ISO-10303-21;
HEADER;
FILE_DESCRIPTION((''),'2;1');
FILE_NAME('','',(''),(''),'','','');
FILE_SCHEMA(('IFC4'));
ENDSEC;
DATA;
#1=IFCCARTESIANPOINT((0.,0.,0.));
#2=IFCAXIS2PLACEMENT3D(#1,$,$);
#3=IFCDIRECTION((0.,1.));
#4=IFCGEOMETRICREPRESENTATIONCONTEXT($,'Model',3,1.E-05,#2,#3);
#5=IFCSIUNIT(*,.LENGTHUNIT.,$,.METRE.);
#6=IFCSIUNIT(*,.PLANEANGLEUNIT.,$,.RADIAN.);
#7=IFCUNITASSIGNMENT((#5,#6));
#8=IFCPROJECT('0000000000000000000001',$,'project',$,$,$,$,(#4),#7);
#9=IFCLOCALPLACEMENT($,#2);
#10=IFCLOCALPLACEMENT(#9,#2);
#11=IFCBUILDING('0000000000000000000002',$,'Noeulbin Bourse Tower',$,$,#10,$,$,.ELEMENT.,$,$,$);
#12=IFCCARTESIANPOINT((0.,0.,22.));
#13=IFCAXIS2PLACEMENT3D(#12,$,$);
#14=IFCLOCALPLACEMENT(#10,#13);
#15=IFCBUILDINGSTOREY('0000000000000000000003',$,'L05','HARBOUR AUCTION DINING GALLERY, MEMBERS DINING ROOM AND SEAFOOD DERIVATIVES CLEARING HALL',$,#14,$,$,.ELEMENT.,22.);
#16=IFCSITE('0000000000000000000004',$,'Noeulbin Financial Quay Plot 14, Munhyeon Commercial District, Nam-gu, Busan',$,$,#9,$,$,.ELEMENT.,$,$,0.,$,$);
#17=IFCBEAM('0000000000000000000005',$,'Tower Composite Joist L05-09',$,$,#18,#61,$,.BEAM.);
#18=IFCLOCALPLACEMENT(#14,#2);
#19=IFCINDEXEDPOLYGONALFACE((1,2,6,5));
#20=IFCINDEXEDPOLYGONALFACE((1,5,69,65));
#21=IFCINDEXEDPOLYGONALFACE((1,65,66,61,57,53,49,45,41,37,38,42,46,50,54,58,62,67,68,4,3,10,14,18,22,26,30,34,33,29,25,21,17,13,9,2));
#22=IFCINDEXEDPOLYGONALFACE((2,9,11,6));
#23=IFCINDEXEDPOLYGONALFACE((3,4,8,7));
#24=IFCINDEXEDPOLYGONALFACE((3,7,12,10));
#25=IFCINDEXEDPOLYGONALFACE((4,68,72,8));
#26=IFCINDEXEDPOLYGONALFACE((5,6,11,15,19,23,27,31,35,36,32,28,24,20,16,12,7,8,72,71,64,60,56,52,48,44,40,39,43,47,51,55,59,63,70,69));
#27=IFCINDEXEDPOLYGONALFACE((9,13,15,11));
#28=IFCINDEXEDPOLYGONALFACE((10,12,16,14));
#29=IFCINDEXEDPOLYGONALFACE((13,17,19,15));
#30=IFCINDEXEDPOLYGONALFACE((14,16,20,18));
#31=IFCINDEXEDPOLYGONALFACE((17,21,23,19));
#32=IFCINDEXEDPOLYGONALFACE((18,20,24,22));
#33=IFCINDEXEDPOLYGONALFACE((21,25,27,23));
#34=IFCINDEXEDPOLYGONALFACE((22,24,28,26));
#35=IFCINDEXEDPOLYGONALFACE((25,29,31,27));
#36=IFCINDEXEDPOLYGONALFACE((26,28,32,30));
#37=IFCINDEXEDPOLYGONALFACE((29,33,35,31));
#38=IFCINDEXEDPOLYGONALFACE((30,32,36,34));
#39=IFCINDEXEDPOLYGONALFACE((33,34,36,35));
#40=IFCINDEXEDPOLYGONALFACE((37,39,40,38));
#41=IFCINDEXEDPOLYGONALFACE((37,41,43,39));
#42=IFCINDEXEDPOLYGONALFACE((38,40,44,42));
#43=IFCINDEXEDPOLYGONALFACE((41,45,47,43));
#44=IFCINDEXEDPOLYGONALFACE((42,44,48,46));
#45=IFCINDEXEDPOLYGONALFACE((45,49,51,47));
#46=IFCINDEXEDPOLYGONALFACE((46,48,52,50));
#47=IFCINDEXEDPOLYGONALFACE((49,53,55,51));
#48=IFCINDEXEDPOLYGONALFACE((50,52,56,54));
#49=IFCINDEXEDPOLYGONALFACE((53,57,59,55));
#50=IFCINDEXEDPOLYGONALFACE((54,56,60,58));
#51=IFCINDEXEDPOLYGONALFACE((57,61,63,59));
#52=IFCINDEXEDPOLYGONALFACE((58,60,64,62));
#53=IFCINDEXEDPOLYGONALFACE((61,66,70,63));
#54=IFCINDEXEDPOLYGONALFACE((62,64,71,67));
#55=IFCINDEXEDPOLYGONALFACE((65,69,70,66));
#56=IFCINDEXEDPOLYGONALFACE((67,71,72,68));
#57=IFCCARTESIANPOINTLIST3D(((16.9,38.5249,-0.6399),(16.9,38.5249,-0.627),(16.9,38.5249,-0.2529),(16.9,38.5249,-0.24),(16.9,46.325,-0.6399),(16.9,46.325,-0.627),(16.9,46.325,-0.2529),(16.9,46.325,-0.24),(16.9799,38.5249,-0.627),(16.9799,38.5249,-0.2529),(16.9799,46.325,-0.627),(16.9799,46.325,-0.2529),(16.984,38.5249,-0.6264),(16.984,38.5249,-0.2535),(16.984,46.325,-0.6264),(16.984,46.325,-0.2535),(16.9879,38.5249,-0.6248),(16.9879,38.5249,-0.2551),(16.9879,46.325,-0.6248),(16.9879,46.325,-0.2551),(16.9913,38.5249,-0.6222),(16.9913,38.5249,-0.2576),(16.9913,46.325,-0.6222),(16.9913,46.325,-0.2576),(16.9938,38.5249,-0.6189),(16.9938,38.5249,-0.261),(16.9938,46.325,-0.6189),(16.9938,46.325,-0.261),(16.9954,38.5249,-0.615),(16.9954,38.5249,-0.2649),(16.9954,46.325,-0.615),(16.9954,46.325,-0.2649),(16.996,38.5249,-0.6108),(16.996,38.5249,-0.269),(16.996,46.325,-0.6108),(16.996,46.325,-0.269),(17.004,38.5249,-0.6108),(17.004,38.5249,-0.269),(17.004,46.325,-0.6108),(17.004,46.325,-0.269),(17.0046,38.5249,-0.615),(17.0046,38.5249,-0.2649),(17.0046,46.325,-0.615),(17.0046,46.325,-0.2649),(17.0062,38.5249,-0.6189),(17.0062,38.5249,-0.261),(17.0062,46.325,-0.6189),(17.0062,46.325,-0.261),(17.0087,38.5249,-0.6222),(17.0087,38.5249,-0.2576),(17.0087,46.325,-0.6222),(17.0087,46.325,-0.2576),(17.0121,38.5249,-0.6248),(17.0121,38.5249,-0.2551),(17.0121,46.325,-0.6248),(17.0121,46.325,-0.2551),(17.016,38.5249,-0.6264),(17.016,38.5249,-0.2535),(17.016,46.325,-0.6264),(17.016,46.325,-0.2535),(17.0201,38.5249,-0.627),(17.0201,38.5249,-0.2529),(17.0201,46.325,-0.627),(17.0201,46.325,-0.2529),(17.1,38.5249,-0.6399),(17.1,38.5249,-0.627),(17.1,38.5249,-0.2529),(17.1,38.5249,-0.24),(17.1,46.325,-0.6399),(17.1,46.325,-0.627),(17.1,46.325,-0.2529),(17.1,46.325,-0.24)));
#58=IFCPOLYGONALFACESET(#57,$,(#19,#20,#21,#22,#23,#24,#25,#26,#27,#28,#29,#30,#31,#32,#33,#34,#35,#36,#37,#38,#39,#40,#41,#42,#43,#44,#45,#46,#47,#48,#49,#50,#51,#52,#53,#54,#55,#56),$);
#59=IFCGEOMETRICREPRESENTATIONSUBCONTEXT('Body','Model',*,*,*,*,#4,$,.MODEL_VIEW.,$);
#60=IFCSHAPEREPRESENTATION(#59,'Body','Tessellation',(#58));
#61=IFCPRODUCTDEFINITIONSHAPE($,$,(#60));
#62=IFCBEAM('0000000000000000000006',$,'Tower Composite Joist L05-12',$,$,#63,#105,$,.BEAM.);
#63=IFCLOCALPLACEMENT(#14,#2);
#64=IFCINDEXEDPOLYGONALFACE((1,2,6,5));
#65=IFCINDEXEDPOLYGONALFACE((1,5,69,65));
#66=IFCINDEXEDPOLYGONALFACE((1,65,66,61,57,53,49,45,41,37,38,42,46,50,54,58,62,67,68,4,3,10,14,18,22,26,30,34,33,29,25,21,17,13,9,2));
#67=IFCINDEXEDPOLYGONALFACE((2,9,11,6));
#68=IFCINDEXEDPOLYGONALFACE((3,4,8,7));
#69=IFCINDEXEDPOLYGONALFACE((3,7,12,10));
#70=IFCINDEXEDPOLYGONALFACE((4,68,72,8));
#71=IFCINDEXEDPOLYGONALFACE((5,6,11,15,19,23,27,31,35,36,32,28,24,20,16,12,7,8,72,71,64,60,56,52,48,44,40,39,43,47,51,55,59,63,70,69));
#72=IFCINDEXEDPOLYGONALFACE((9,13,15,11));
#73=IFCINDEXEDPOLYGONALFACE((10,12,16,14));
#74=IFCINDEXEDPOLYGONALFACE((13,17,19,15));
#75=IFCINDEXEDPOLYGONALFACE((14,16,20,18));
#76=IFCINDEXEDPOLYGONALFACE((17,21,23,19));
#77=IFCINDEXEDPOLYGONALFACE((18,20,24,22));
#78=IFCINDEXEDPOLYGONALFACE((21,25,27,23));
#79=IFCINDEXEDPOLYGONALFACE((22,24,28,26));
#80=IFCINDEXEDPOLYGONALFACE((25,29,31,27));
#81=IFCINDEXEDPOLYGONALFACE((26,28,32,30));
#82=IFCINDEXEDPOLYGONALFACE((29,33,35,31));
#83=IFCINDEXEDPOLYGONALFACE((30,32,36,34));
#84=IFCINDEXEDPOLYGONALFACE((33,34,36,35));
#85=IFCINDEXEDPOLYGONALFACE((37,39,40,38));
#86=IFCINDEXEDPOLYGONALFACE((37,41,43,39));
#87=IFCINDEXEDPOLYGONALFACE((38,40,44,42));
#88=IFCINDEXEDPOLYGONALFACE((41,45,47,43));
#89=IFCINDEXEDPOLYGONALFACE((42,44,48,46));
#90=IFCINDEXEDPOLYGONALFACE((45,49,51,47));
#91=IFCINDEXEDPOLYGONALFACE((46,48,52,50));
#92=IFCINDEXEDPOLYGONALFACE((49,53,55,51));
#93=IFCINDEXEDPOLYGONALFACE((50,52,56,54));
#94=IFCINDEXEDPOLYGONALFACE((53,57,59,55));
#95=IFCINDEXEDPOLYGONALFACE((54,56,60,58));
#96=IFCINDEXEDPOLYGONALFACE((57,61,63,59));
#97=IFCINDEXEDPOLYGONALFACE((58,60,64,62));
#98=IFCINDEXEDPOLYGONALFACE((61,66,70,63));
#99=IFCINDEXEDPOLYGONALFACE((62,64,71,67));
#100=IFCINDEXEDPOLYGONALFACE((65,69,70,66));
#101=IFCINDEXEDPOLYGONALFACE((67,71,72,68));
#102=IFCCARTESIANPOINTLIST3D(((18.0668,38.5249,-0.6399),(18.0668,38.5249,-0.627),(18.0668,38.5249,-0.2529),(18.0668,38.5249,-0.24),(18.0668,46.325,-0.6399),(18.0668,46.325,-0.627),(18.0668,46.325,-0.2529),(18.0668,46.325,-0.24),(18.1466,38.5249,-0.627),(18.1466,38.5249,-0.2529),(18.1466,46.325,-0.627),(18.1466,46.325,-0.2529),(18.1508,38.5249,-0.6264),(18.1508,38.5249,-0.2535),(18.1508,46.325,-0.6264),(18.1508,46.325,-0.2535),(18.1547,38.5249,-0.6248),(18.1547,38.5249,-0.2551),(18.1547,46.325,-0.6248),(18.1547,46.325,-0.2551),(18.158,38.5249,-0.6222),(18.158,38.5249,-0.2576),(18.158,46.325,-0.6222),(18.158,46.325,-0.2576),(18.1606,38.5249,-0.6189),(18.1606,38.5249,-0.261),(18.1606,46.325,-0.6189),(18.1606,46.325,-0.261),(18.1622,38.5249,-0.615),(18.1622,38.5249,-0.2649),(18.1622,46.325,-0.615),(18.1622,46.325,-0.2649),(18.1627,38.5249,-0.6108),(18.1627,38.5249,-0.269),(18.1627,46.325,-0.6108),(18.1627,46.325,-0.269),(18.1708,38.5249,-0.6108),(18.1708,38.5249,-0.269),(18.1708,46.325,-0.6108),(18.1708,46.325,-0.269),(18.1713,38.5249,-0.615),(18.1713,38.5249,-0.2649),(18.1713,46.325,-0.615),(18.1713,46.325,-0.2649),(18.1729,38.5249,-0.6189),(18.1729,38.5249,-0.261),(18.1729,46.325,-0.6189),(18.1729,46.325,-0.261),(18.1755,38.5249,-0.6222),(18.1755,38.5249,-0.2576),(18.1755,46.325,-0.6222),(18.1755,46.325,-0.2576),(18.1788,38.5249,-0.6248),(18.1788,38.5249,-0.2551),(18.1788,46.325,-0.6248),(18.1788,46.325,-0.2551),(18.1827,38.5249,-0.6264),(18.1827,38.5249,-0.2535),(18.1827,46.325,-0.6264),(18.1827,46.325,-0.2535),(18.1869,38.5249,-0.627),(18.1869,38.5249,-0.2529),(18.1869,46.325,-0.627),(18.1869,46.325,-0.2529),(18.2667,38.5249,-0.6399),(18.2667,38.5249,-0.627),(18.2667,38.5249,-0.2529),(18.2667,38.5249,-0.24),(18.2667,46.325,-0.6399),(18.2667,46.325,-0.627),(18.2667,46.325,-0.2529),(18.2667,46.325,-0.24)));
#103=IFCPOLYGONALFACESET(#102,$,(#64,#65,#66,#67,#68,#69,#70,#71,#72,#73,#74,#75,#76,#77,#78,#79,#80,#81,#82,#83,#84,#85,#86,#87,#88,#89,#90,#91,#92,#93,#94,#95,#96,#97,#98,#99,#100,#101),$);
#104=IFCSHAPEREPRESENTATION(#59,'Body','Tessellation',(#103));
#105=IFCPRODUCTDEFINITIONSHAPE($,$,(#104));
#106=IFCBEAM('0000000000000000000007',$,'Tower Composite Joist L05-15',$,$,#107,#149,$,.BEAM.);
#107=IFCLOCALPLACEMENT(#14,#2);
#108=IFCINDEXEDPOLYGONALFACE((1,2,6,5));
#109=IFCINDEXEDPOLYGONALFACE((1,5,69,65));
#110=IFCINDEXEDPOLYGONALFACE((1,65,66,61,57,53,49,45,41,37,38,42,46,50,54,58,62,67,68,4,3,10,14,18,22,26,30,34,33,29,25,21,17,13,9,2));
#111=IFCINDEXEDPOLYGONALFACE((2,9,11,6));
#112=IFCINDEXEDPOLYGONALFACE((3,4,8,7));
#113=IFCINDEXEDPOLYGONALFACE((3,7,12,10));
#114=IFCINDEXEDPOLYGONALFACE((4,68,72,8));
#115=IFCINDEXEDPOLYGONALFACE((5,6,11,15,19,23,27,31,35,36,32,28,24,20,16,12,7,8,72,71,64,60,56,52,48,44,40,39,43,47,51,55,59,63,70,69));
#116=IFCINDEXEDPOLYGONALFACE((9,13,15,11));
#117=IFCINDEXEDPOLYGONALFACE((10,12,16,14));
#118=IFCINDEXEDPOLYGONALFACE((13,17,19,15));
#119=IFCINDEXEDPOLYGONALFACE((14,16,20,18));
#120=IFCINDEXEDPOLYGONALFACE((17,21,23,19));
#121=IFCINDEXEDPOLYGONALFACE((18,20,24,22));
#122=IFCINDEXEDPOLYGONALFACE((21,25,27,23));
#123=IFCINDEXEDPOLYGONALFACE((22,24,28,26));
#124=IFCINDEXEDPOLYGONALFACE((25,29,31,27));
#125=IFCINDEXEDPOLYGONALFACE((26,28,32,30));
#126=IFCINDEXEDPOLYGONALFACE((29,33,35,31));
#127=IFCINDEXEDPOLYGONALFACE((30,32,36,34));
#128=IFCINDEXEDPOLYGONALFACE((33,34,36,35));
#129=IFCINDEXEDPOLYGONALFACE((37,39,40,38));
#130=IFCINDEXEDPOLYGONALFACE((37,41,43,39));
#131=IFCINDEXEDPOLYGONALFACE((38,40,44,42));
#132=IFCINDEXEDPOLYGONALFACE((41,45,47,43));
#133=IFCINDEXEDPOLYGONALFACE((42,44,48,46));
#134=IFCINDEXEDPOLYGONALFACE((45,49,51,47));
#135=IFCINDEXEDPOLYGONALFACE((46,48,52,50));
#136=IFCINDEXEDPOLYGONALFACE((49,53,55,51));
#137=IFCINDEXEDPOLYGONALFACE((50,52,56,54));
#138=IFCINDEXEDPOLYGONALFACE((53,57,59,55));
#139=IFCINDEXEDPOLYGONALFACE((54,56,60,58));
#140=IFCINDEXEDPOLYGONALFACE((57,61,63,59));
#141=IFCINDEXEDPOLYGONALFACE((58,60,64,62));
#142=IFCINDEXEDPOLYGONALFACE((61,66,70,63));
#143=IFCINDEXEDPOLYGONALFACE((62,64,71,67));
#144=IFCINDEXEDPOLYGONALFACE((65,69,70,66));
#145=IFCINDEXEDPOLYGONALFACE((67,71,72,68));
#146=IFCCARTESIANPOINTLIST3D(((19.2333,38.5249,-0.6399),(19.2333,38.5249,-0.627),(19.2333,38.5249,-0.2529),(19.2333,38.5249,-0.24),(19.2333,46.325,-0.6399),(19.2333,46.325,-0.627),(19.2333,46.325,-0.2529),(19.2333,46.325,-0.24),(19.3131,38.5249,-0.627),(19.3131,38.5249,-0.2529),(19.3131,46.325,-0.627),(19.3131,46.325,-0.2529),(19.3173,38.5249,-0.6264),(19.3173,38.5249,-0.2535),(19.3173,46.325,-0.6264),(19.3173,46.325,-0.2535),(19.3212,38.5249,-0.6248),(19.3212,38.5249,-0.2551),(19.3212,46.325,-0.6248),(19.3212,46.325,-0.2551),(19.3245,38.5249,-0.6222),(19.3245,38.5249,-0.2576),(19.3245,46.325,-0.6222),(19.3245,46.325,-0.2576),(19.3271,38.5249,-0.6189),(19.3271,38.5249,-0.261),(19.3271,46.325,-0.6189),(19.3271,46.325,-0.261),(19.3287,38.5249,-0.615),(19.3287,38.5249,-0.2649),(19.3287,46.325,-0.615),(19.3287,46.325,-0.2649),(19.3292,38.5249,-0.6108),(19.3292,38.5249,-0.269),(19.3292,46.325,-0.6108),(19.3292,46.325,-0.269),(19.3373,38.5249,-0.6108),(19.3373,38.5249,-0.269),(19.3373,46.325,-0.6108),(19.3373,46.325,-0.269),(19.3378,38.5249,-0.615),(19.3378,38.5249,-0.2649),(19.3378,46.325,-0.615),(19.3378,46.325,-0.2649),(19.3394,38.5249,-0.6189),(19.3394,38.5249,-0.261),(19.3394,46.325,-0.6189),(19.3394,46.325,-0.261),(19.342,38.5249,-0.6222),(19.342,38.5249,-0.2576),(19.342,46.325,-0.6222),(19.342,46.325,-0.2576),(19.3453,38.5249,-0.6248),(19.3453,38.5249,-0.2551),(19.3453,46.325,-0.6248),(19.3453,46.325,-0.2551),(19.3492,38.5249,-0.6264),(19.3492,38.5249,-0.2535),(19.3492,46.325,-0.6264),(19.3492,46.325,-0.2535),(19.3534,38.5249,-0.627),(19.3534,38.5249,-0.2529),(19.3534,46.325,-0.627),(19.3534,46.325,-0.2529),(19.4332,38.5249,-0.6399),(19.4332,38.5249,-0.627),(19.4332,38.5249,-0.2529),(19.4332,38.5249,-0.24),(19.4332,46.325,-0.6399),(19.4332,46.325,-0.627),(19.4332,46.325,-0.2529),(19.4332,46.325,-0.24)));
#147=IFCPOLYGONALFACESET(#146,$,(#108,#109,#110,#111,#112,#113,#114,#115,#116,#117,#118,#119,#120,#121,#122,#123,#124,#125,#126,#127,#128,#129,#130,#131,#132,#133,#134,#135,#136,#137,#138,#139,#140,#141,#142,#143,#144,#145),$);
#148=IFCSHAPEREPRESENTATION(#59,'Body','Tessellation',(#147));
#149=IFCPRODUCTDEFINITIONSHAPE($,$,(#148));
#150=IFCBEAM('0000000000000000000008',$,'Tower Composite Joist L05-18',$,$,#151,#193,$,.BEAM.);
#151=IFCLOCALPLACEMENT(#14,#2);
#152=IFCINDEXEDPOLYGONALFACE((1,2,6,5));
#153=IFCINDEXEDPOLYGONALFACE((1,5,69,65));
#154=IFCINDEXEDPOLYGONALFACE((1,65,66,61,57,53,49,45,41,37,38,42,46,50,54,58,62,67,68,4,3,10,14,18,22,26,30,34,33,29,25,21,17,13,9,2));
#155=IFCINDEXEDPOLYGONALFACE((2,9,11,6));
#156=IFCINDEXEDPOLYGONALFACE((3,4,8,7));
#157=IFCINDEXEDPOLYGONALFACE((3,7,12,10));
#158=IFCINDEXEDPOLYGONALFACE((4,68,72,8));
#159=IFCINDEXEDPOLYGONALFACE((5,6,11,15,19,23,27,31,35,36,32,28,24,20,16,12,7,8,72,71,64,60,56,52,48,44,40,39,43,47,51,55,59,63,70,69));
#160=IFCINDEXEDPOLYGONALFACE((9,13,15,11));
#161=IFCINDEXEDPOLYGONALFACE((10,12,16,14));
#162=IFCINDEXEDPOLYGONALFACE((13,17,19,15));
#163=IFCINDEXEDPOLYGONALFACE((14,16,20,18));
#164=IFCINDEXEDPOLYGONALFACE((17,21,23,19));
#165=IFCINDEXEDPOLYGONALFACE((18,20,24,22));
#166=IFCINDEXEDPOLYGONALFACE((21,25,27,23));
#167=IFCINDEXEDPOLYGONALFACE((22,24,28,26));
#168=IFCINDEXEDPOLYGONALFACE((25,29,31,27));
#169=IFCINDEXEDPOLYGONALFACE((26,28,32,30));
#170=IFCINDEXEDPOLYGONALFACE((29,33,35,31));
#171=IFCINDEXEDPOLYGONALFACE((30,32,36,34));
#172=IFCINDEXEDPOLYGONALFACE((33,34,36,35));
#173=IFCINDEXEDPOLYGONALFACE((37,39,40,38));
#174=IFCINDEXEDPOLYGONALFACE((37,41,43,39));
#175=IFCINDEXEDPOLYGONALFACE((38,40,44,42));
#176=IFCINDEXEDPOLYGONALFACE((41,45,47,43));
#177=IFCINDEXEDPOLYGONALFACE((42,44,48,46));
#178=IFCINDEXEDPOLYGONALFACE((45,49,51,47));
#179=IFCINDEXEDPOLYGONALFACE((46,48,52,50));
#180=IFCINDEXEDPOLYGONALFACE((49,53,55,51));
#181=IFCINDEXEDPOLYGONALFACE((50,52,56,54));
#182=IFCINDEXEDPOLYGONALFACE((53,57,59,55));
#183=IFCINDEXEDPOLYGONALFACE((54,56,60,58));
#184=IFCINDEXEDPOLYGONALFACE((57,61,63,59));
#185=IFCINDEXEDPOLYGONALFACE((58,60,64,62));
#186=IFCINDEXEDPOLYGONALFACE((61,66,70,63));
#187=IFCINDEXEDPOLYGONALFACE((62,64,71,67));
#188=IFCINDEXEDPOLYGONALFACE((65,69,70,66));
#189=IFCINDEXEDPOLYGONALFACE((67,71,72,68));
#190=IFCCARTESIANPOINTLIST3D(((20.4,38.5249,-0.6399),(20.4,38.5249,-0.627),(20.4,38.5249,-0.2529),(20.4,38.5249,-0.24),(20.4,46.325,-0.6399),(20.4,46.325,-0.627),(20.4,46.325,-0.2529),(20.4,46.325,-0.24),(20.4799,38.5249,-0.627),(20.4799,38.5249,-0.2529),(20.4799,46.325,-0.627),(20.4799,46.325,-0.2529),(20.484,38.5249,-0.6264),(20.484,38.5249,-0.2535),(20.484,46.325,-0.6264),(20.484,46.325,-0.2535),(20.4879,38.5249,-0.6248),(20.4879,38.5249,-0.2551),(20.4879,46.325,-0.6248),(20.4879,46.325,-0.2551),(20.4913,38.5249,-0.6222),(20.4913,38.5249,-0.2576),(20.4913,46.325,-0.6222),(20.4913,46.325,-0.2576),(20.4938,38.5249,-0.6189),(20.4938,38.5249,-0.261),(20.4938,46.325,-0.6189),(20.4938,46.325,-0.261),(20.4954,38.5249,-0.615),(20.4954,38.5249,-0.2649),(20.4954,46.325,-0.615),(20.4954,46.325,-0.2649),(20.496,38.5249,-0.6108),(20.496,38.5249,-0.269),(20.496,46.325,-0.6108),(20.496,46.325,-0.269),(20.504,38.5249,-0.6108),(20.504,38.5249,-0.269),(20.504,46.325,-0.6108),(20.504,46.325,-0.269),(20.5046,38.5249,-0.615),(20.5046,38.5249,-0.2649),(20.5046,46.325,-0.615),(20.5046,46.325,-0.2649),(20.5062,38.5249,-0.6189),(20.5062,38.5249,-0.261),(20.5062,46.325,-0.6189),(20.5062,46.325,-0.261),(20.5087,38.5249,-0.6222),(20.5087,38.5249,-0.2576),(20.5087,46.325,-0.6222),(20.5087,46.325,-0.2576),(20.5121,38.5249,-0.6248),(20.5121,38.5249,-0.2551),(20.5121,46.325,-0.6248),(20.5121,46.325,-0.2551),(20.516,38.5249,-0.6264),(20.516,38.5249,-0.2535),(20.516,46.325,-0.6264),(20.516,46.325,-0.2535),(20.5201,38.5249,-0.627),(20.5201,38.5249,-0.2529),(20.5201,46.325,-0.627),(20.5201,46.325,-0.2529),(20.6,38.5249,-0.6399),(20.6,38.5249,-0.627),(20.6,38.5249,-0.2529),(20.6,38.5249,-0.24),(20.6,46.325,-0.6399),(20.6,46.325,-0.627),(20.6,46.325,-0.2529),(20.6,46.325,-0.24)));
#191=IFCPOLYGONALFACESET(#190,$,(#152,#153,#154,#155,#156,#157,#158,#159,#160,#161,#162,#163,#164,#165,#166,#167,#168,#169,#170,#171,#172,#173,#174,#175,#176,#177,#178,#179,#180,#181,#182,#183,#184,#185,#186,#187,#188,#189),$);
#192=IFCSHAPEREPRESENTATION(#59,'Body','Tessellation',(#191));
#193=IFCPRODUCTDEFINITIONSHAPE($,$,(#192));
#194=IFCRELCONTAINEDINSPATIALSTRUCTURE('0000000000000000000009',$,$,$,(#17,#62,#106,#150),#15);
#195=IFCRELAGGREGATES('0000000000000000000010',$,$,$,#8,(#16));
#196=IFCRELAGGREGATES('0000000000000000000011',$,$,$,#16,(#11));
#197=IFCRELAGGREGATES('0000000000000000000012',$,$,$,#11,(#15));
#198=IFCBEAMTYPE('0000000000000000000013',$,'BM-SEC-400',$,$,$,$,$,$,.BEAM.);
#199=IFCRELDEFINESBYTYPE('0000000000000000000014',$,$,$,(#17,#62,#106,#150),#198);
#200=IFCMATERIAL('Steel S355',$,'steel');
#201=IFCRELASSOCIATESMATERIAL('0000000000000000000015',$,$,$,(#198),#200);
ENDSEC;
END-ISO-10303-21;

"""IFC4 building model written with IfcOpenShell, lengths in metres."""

from ifc_helpers import new_model, si_unit, direction, frame, origin, origin_2d, place, context, subcontext, project, spatial, i_section, extrude, material, material_profile, profile_set, type_object, element, save


model = new_model("IFC4")

# Units and contexts
model_context = context("Model", 3, precision=1e-05, world=origin(), true_north=direction((0.0, 1.0)))
body_context = subcontext(model_context, "Body", "Model", "MODEL_VIEW")
ifc_project = project(units=[si_unit("LENGTHUNIT", "METRE"), si_unit("PLANEANGLEUNIT", "RADIAN")], contexts=[model_context])

# Site, building, storey
site_placement = place(None, origin())
site = spatial("IfcSite", under=ifc_project, at=site_placement, Name="Noeulbin Financial Quay Plot 14, Munhyeon Commercial District, Nam-gu, Busan", CompositionType="ELEMENT", RefElevation=0.0)
building_placement = place(site_placement, origin())
building = spatial("IfcBuilding", under=site, at=building_placement, Name="Noeulbin Bourse Tower", CompositionType="ELEMENT")
storey_placement = place(building_placement, frame((0.0, 0.0, 22.0)))
storey = spatial("IfcBuildingStorey", under=building, at=storey_placement, Name="L05", Description="HARBOUR AUCTION DINING GALLERY, MEMBERS DINING ROOM AND SEAFOOD DERIVATIVES CLEARING HALL", CompositionType="ELEMENT", Elevation=22.0)

# Beams
ifc_material_1 = material(Name="Steel S355", Category="steel")
ifc_material_profile_1 = material_profile(ifc_material_1, i_section(OverallWidth=0.2, OverallDepth=0.3999, WebThickness=0.0081, FlangeThickness=0.0129, FilletRadius=0.0161, at=origin_2d()), Name="H-400x200x8x13", Category="LoadBearing")
ifc_profile_set_1 = profile_set([ifc_material_profile_1], Name="Steel S355")
beam_type_1 = type_object("IfcBeamType", Name="BM-SEC-400", PredefinedType="BEAM", material=ifc_profile_set_1)
for number, where, z_axis, x_axis, name in (
    (1, (17.0, 38.5249, -0.4399), (0.0, 1.0, 0.0), (-1.0, 0.0, 0.0), "Tower Composite Joist L05-09"),
    (2, (18.1667, 38.5249, -0.4399), (0.0, 1.0, 0.0), (-1.0, 0.0, 0.0), "Tower Composite Joist L05-12"),
    (3, (19.3333, 38.5249, -0.4399), (0.0, 1.0, 0.0), (-1.0, 0.0, 0.0), "Tower Composite Joist L05-15"),
    (4, (20.5, 38.5249, -0.4399), (0.0, 1.0, 0.0), (-1.0, 0.0, 0.0), "Tower Composite Joist L05-18"),
):
    element("IfcBeam", number, at=place(storey_placement, frame(where, z_axis=z_axis, x_axis=x_axis)), inside=storey, type_object=beam_type_1, Name=name, PredefinedType="BEAM", context=body_context, shape_type="SweptSolid", body=[
        extrude(i_section(OverallWidth=0.2, OverallDepth=0.3999, WebThickness=0.0081, FlangeThickness=0.0129, FilletRadius=0.0161, at=origin_2d()), origin(), (0.0, 0.0, 1.0), 7.8),
    ])

save(model, "model.ifc")
